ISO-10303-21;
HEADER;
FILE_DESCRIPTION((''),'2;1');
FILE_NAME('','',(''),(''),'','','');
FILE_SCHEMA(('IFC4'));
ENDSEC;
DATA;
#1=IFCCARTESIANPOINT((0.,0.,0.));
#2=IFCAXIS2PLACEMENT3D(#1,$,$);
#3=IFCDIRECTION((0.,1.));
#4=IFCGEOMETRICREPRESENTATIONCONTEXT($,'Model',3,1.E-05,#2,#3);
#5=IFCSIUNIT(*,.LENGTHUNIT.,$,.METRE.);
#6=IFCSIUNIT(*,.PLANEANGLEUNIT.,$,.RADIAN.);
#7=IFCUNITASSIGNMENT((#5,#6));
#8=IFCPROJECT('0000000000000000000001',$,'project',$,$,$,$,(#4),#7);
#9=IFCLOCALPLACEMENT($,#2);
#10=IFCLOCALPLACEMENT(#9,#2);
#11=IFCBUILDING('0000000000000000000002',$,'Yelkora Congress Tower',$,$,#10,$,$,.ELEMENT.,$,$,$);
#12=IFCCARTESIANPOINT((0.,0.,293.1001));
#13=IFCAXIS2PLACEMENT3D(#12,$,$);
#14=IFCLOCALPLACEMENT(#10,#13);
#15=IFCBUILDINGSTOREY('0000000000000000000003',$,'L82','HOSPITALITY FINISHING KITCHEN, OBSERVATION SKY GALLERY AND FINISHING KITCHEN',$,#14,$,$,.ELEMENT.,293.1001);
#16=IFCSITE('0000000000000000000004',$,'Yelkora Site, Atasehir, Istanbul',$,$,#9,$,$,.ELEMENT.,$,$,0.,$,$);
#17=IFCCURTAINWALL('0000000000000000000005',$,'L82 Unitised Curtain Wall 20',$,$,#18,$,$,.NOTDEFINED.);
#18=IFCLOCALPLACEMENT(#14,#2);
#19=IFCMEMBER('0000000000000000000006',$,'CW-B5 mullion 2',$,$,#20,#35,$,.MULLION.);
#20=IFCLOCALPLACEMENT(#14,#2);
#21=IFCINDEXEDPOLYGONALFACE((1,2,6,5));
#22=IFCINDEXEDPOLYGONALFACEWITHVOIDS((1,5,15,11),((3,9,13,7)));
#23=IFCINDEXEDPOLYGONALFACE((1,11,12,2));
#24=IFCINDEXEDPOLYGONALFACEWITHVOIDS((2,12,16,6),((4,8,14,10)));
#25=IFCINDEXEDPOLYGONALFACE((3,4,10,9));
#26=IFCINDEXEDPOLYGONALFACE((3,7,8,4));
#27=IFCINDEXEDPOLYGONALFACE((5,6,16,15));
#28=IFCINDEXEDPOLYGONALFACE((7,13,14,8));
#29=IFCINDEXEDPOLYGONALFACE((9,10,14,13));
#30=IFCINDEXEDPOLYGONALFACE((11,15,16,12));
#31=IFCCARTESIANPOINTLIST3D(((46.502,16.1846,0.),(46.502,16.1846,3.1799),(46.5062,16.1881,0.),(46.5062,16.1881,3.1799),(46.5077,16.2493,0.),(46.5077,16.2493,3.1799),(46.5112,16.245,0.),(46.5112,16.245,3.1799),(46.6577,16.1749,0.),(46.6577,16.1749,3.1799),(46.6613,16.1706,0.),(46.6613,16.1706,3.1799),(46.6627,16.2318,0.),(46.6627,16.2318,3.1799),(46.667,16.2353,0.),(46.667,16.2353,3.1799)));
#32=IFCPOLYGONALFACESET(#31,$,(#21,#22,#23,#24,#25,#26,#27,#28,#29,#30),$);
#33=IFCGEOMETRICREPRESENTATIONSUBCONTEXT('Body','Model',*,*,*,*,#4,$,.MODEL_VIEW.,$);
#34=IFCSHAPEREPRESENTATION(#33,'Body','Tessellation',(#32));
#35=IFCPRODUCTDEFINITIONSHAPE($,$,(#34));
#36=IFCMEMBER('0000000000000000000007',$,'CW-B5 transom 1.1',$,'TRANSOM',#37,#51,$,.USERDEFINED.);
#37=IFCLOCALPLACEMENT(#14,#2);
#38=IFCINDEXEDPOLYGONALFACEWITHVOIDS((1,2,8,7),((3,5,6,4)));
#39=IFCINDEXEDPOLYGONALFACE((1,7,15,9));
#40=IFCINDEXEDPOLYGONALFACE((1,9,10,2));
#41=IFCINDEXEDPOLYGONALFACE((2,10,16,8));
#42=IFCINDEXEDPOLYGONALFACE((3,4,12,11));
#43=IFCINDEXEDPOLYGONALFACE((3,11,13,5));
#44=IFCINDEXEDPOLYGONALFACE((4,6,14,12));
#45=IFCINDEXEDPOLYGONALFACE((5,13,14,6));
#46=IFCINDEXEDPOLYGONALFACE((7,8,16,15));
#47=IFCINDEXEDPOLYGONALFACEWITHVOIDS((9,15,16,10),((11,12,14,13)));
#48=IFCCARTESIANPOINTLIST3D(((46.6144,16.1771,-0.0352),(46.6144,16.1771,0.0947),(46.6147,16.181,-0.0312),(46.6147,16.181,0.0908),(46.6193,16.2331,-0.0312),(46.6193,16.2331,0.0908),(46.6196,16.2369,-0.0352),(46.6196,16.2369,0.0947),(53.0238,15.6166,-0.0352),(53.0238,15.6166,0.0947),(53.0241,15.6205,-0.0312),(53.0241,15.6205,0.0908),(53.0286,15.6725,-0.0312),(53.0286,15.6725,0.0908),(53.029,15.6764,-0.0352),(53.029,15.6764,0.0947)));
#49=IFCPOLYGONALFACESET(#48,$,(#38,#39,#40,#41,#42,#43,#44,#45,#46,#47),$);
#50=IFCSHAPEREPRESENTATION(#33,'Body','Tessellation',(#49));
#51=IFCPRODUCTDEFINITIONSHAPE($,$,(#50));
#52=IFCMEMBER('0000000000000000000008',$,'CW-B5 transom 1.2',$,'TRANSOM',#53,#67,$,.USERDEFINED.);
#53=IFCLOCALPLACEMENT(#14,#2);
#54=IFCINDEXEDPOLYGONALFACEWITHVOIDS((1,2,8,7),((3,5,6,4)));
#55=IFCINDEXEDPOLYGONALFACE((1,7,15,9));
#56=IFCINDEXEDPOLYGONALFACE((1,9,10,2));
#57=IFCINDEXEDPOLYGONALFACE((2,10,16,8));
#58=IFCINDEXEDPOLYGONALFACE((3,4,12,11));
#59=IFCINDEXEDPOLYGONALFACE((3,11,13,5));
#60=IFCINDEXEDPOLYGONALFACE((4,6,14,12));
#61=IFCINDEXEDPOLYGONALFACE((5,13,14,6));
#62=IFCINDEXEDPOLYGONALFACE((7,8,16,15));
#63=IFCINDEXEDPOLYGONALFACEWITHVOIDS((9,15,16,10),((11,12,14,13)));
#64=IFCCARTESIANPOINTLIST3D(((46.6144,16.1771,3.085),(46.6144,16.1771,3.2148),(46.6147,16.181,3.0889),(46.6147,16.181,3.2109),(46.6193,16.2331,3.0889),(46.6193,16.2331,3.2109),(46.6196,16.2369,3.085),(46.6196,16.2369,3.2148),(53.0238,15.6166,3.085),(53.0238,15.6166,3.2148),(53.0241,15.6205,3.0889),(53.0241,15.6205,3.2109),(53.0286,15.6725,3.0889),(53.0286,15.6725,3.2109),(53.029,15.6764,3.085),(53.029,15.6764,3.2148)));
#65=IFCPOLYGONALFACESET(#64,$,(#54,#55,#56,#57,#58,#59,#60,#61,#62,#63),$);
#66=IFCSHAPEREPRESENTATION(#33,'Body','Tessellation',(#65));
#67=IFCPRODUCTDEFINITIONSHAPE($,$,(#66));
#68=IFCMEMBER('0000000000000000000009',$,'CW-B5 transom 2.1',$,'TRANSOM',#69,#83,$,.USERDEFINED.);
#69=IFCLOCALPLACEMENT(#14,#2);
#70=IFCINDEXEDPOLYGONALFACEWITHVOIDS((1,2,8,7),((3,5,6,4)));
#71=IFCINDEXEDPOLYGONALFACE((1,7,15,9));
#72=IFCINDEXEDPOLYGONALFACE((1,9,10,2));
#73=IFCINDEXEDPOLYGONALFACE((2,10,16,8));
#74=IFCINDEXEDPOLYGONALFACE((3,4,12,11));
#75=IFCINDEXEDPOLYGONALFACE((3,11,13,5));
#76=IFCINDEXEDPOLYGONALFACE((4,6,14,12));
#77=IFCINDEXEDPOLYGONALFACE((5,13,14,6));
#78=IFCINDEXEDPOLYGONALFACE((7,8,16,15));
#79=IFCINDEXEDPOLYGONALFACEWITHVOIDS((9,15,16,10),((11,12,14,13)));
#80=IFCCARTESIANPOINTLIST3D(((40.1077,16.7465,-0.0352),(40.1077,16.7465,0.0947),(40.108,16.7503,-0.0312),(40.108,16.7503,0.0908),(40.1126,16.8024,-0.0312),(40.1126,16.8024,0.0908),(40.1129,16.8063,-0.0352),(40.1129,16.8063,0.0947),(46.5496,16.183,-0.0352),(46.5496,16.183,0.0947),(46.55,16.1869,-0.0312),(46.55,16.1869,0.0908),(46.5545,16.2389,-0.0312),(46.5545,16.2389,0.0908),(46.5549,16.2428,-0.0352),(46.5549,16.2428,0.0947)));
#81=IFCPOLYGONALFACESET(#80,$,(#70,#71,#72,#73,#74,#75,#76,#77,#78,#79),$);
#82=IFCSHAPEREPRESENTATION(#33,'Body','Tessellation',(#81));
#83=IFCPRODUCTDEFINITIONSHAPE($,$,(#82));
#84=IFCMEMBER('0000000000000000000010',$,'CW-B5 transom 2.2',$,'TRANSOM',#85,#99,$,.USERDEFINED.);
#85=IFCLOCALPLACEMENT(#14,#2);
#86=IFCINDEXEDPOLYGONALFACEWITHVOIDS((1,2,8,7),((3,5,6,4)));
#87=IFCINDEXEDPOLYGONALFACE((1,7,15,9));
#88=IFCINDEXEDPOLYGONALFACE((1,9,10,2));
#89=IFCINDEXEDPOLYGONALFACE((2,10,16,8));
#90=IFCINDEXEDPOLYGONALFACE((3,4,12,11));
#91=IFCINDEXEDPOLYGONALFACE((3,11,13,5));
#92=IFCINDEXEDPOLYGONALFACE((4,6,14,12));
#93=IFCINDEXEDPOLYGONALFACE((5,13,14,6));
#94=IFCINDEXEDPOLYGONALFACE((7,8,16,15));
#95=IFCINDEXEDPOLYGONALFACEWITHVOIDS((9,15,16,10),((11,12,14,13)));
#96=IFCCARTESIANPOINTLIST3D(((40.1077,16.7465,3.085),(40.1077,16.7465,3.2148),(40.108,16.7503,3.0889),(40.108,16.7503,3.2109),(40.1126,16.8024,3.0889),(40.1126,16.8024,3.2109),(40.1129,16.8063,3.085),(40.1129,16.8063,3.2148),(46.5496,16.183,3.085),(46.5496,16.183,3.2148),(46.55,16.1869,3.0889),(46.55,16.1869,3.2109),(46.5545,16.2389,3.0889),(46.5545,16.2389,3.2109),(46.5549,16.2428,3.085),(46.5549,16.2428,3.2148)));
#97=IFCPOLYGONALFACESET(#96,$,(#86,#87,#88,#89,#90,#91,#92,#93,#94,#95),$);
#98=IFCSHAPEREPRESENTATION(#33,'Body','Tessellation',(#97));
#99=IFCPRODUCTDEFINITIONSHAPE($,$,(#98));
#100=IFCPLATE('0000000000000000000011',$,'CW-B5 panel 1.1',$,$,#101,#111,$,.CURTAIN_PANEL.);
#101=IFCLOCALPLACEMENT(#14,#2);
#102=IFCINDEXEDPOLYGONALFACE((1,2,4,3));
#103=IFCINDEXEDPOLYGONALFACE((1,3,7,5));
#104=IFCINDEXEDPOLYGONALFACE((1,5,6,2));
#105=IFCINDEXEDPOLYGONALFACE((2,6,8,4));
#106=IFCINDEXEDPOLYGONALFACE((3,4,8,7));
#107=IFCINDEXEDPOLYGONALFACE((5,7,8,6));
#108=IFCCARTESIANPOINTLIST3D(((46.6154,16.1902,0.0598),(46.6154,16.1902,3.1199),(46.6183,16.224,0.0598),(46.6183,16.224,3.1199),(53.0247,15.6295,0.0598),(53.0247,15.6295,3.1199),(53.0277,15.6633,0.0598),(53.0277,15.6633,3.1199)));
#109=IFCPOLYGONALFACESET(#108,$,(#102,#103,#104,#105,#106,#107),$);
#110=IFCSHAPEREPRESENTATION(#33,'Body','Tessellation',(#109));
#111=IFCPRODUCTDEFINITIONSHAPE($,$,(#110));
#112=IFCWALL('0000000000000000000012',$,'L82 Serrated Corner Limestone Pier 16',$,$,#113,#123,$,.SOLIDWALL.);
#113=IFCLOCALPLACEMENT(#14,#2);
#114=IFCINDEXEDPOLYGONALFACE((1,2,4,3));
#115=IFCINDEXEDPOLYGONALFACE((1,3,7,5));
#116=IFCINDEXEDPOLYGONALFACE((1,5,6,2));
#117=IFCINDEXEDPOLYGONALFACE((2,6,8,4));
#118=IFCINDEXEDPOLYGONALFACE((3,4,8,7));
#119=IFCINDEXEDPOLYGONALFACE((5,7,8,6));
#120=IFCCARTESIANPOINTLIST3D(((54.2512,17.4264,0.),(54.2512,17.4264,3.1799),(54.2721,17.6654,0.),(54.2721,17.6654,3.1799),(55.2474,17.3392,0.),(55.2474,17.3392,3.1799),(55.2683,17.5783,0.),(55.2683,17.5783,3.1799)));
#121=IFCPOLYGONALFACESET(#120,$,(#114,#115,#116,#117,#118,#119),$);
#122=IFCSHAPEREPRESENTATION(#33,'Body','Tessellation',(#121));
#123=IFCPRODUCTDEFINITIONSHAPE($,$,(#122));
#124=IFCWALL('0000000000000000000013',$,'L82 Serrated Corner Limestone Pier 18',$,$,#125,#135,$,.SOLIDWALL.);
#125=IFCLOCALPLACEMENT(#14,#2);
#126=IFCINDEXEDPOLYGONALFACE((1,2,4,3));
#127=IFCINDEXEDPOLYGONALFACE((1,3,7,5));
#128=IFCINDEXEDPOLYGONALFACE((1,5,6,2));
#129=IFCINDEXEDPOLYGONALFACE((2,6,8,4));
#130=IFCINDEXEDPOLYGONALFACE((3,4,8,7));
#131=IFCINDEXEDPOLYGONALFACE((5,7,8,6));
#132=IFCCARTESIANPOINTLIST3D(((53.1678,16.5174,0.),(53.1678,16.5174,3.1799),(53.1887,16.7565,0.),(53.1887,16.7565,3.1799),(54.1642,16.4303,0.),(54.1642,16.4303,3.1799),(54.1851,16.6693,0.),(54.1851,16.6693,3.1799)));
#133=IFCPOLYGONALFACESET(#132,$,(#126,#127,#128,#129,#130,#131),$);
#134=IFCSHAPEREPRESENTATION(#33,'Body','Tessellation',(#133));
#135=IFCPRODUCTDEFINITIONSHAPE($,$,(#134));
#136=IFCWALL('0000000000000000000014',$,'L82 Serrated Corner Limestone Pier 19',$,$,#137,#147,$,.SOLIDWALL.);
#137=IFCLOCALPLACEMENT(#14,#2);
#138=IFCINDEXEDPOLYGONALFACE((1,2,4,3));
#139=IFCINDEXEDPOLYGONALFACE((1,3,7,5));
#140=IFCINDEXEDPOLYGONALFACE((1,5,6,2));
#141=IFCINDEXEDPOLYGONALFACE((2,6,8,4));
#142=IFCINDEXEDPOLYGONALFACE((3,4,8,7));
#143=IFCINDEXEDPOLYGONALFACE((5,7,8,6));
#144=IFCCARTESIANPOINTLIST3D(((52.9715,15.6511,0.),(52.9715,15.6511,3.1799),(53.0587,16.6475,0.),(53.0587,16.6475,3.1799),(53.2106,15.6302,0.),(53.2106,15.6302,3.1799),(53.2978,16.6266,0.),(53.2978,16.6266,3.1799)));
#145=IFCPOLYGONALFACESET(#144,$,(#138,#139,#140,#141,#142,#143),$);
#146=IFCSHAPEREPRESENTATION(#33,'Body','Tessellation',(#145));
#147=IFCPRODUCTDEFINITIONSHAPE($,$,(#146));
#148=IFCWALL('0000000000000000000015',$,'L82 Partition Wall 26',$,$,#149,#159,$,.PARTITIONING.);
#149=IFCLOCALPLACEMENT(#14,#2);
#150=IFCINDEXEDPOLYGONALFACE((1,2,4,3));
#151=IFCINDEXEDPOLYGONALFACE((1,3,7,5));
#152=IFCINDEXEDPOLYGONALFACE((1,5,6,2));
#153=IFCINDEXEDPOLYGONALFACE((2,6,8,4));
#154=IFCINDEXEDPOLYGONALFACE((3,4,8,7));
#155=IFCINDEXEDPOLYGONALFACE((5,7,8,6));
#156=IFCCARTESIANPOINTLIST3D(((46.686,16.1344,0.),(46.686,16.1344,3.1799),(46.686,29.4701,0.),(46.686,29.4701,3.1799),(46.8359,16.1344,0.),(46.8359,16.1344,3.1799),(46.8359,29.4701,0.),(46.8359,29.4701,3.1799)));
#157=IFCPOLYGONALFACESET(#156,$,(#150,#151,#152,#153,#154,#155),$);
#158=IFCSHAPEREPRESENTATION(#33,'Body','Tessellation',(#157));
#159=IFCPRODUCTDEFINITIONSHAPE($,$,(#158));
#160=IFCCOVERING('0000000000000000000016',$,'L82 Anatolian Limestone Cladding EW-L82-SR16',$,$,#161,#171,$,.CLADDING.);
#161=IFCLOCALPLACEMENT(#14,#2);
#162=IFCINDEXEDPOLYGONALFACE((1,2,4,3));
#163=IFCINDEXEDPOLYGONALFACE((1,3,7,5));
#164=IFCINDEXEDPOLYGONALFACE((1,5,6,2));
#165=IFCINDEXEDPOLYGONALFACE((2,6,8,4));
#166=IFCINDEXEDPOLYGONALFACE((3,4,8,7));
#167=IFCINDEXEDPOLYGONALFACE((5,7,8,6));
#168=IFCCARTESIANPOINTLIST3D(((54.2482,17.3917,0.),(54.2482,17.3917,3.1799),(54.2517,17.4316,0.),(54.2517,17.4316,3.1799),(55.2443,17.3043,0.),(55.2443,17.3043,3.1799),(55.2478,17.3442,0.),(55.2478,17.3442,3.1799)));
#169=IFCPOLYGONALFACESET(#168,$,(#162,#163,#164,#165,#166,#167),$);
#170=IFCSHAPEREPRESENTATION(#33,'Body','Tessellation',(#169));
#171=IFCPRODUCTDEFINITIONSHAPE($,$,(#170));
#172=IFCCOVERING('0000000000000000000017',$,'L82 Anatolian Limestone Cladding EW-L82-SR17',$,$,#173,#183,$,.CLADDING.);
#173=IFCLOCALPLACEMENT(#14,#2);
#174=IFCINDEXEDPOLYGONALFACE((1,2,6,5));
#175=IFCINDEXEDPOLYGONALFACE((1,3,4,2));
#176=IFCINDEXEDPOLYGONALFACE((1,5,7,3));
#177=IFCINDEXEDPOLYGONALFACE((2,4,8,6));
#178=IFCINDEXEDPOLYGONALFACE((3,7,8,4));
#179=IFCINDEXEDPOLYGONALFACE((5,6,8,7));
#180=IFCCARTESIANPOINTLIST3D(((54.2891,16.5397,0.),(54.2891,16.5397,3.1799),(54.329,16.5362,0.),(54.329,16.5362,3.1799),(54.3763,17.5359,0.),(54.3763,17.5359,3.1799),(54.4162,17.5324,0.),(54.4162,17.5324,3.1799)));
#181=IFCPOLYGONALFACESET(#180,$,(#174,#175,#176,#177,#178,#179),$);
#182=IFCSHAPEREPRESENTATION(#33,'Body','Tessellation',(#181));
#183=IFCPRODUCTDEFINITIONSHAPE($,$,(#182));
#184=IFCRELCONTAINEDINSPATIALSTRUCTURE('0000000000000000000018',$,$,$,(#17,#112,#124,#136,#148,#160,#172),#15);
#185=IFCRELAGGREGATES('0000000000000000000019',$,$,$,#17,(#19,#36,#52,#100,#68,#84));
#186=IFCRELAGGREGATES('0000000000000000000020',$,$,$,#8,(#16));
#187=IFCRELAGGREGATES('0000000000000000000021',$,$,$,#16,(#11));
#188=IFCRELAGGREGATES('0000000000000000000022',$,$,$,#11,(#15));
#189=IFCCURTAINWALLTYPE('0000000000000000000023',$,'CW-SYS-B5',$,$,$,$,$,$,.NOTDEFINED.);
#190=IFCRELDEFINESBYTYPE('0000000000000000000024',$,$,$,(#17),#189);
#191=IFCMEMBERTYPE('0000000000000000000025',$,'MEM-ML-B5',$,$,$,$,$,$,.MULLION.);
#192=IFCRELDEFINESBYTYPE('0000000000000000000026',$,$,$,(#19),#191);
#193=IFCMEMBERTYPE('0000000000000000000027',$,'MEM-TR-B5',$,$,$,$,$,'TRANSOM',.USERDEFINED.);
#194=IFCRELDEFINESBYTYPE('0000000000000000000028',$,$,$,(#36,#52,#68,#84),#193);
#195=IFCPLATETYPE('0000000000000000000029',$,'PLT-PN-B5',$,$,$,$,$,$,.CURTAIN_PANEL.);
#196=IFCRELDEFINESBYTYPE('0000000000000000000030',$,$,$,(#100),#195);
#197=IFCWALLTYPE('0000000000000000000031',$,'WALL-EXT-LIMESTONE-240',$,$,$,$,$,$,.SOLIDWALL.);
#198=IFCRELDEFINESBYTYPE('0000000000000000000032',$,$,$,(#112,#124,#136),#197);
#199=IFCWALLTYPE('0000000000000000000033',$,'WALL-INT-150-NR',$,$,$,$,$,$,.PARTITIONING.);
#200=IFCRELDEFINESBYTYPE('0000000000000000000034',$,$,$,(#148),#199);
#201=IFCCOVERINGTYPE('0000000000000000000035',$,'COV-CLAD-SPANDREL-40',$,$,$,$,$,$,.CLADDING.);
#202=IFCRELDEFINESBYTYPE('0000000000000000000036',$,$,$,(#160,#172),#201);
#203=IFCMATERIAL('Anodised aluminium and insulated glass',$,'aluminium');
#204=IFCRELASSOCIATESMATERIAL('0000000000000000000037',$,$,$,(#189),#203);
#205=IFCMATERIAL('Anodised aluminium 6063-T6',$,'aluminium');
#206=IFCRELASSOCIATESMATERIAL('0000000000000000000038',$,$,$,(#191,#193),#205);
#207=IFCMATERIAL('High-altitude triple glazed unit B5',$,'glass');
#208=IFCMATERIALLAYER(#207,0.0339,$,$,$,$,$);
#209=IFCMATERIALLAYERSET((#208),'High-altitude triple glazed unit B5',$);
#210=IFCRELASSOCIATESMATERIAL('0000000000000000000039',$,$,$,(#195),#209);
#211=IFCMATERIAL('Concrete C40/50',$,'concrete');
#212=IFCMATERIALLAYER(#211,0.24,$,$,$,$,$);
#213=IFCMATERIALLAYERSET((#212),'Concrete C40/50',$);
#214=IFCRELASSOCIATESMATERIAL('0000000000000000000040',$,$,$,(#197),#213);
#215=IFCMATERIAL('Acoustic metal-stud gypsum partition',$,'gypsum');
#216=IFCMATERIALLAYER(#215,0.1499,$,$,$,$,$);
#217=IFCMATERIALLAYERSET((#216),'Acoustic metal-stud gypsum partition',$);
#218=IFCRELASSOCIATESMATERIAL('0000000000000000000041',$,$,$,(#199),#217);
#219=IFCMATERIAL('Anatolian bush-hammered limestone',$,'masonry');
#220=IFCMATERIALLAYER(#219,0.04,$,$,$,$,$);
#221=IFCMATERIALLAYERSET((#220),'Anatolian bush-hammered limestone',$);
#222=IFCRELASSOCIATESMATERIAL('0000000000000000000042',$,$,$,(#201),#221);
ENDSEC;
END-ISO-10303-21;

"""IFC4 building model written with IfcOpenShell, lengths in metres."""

from ifc_helpers import new_model, si_unit, direction, frame, frame_2d, origin, origin_2d, place, context, subcontext, project, spatial, rectangle, hollow_rectangle, extrude, material, layer, layer_set, material_profile, profile_set, type_object, element, aggregate, save


model = new_model("IFC4")

# Units and contexts
model_context = context("Model", 3, precision=1e-05, world=origin(), true_north=direction((0.0, 1.0)))
body_context = subcontext(model_context, "Body", "Model", "MODEL_VIEW")
ifc_project = project(units=[si_unit("LENGTHUNIT", "METRE"), si_unit("PLANEANGLEUNIT", "RADIAN")], contexts=[model_context])

# Site, building, storey
site_placement = place(None, origin())
site = spatial("IfcSite", under=ifc_project, at=site_placement, Name="Yelkora Site, Atasehir, Istanbul", CompositionType="ELEMENT", RefElevation=0.0)
building_placement = place(site_placement, origin())
building = spatial("IfcBuilding", under=site, at=building_placement, Name="Yelkora Congress Tower", CompositionType="ELEMENT")
storey_placement = place(building_placement, frame((0.0, 0.0, 293.1001)))
storey = spatial("IfcBuildingStorey", under=building, at=storey_placement, Name="L82", Description="HOSPITALITY FINISHING KITCHEN, OBSERVATION SKY GALLERY AND FINISHING KITCHEN", CompositionType="ELEMENT", Elevation=293.1001)

# Shared definitions
ifc_material_1 = material(Name="Anodised aluminium and insulated glass", Category="aluminium")
curtain_wall_type = type_object("IfcCurtainWallType", Name="CW-SYS-B5", PredefinedType="NOTDEFINED", material=ifc_material_1)
ifc_material_2 = material(Name="Anodised aluminium 6063-T6", Category="aluminium")
ifc_material_profile_1 = material_profile(ifc_material_2, hollow_rectangle(XDim=0.0649, YDim=0.1599, WallThickness=0.0039, at=origin_2d()), Name="ALU 65x160x4")
ifc_profile_set_1 = profile_set([ifc_material_profile_1], Name="Anodised aluminium 6063-T6")
member_type_1 = type_object("IfcMemberType", Name="MEM-ML-B5", PredefinedType="MULLION", material=ifc_profile_set_1)

# Curtain wall, members, plate
curtain_wall_1_placement = place(storey_placement, origin())
curtain_wall_1 = element("IfcCurtainWall", 1, at=curtain_wall_1_placement, inside=storey, type_object=curtain_wall_type, Name="L82 Unitised Curtain Wall 20", PredefinedType="NOTDEFINED")
member_1_placement = place(storey_placement, frame((46.5845, 16.21, 0.0), z_axis=(0.0, 0.0, 1.0), x_axis=(-0.087157, -0.996195, 0.0)))
member_1 = element("IfcMember", 2, at=member_1_placement, type_object=member_type_1, Name="CW-B5 mullion 2", PredefinedType="MULLION", context=body_context, shape_type="SweptSolid", body=[
    extrude(hollow_rectangle(XDim=0.0649, YDim=0.1599, WallThickness=0.0039, at=origin_2d()), origin(), (0.0, 0.0, 1.0), 3.1799),
])
ifc_material_profile_2 = material_profile(ifc_material_2, hollow_rectangle(XDim=0.0601, YDim=0.1299, WallThickness=0.0039, at=origin_2d()), Name="ALU 60x130x4")
ifc_profile_set_2 = profile_set([ifc_material_profile_2], Name="Anodised aluminium 6063-T6")
member_type_2 = type_object("IfcMemberType", Name="MEM-TR-B5", ElementType="TRANSOM", PredefinedType="USERDEFINED", material=ifc_profile_set_2)
member_2_placement = place(storey_placement, frame((53.0264, 15.6465, 0.0298), z_axis=(-0.996197, 0.087124, 0.0), x_axis=(-0.087124, -0.996197, 0.0)))
member_2 = element("IfcMember", 3, at=member_2_placement, type_object=member_type_2, Name="CW-B5 transom 1.1", ObjectType="TRANSOM", PredefinedType="USERDEFINED", context=body_context, shape_type="SweptSolid", body=[
    extrude(hollow_rectangle(XDim=0.0601, YDim=0.1299, WallThickness=0.0039, at=origin_2d()), origin(), (0.0, 0.0, 1.0), 6.4338),
])
member_3_placement = place(storey_placement, frame((53.0264, 15.6465, 3.1499), z_axis=(-0.996197, 0.087124, 0.0), x_axis=(-0.087124, -0.996197, 0.0)))
member_3 = element("IfcMember", 4, at=member_3_placement, type_object=member_type_2, Name="CW-B5 transom 1.2", ObjectType="TRANSOM", PredefinedType="USERDEFINED", context=body_context, shape_type="SweptSolid", body=[
    extrude(hollow_rectangle(XDim=0.0601, YDim=0.1299, WallThickness=0.0039, at=origin_2d()), origin(), (0.0, 0.0, 1.0), 6.4338),
])
member_4_placement = place(storey_placement, frame((46.5522, 16.2129, 0.0298), z_axis=(-0.996196, 0.087138, 0.0), x_axis=(-0.087138, -0.996196, 0.0)))
member_4 = element("IfcMember", 5, at=member_4_placement, type_object=member_type_2, Name="CW-B5 transom 2.1", ObjectType="TRANSOM", PredefinedType="USERDEFINED", context=body_context, shape_type="SweptSolid", body=[
    extrude(hollow_rectangle(XDim=0.0601, YDim=0.1299, WallThickness=0.0039, at=origin_2d()), origin(), (0.0, 0.0, 1.0), 6.4666),
])
member_5_placement = place(storey_placement, frame((46.5522, 16.2129, 3.1499), z_axis=(-0.996196, 0.087138, 0.0), x_axis=(-0.087138, -0.996196, 0.0)))
member_5 = element("IfcMember", 6, at=member_5_placement, type_object=member_type_2, Name="CW-B5 transom 2.2", ObjectType="TRANSOM", PredefinedType="USERDEFINED", context=body_context, shape_type="SweptSolid", body=[
    extrude(hollow_rectangle(XDim=0.0601, YDim=0.1299, WallThickness=0.0039, at=origin_2d()), origin(), (0.0, 0.0, 1.0), 6.4666),
])
ifc_material_3 = material(Name="High-altitude triple glazed unit B5", Category="glass")
ifc_layer_1 = layer(ifc_material_3, 0.0339)
ifc_layer_set_1 = layer_set([ifc_layer_1], Name="High-altitude triple glazed unit B5")
plate_type = type_object("IfcPlateType", Name="PLT-PN-B5", PredefinedType="CURTAIN_PANEL", material=ifc_layer_set_1)
plate_placement = place(storey_placement, frame((49.8215, 15.9268, 0.0598), z_axis=(0.0, 0.0, 1.0), x_axis=(-0.996195, 0.087157, 0.0)))
plate = element("IfcPlate", 7, at=plate_placement, type_object=plate_type, Name="CW-B5 panel 1.1", PredefinedType="CURTAIN_PANEL", context=body_context, shape_type="SweptSolid", body=[
    extrude(rectangle(XDim=6.4338, YDim=0.0339, at=origin_2d()), origin(), (0.0, 0.0, 1.0), 3.0601),
])
aggregate(curtain_wall_1, [member_1, member_2, member_3, plate, member_4, member_5])

# Walls
ifc_material_4 = material(Name="Concrete C40/50", Category="concrete")
ifc_layer_2 = layer(ifc_material_4, 0.24)
ifc_layer_set_2 = layer_set([ifc_layer_2], Name="Concrete C40/50")
wall_type_1 = type_object("IfcWallType", Name="WALL-EXT-LIMESTONE-240", PredefinedType="SOLIDWALL", material=ifc_layer_set_2)
wall_1_placement = place(storey_placement, frame((55.2578, 17.4587, 0.0), z_axis=(0.0, 0.0, 1.0), x_axis=(-0.996194, 0.087167, 0.0)))
element("IfcWall", 8, at=wall_1_placement, inside=storey, type_object=wall_type_1, Name="L82 Serrated Corner Limestone Pier 16", PredefinedType="SOLIDWALL", context=body_context, shape_type="SweptSolid", body=[
    extrude(rectangle(XDim=1.0, YDim=0.24, at=frame_2d((0.5, 0.0))), origin(), (0.0, 0.0, 1.0), 3.1799),
])
for number, where, z_axis, x_axis, name in (
    (9, (54.1746, 16.5498, 0.0), (0.0, 0.0, 1.0), (-0.996196, 0.087146, 0.0), "L82 Serrated Corner Limestone Pier 18"),
    (10, (53.1782, 16.637, 0.0), (0.0, 0.0, 1.0), (-0.087146, -0.996196, 0.0), "L82 Serrated Corner Limestone Pier 19"),
):
    element("IfcWall", number, at=place(storey_placement, frame(where, z_axis=z_axis, x_axis=x_axis)), inside=storey, type_object=wall_type_1, Name=name, PredefinedType="SOLIDWALL", context=body_context, shape_type="SweptSolid", body=[
        extrude(rectangle(XDim=1.0002, YDim=0.24, at=frame_2d((0.5, 0.0))), origin(), (0.0, 0.0, 1.0), 3.1799),
    ])
ifc_material_5 = material(Name="Acoustic metal-stud gypsum partition", Category="gypsum")
ifc_layer_3 = layer(ifc_material_5, 0.1499)
ifc_layer_set_3 = layer_set([ifc_layer_3], Name="Acoustic metal-stud gypsum partition")
wall_type_2 = type_object("IfcWallType", Name="WALL-INT-150-NR", PredefinedType="PARTITIONING", material=ifc_layer_set_3)
wall_2_placement = place(storey_placement, frame((46.761, 16.1343, 0.0), z_axis=(0.0, 0.0, 1.0), x_axis=(0.0, 1.0, 0.0)))
element("IfcWall", 11, at=wall_2_placement, inside=storey, type_object=wall_type_2, Name="L82 Partition Wall 26", PredefinedType="PARTITIONING", context=body_context, shape_type="SweptSolid", body=[
    extrude(rectangle(XDim=13.3357, YDim=0.1499, at=frame_2d((6.668, 0.0))), origin(), (0.0, 0.0, 1.0), 3.1799),
])

# Coverings
ifc_material_6 = material(Name="Anatolian bush-hammered limestone", Category="masonry")
ifc_layer_4 = layer(ifc_material_6, 0.04)
ifc_layer_set_4 = layer_set([ifc_layer_4], Name="Anatolian bush-hammered limestone")
covering_type = type_object("IfcCoveringType", Name="COV-CLAD-SPANDREL-40", PredefinedType="CLADDING", material=ifc_layer_set_4)
for number, where, z_axis, x_axis, name in (
    (12, (55.2461, 17.3242, 0.0), (0.0, 0.0, 1.0), (-0.996172, 0.087409, 0.0), "L82 Anatolian Limestone Cladding EW-L82-SR16"),
    (13, (54.3962, 17.5342, 0.0), (0.0, 0.0, 1.0), (-0.087167, -0.996194, 0.0), "L82 Anatolian Limestone Cladding EW-L82-SR17"),
):
    element("IfcCovering", number, at=place(storey_placement, frame(where, z_axis=z_axis, x_axis=x_axis)), inside=storey, type_object=covering_type, Name=name, PredefinedType="CLADDING", context=body_context, shape_type="SweptSolid", body=[
        extrude(rectangle(XDim=1.0, YDim=0.04, at=frame_2d((0.5, 0.0))), origin(), (0.0, 0.0, 1.0), 3.1799),
    ])

save(model, "model.ifc")
